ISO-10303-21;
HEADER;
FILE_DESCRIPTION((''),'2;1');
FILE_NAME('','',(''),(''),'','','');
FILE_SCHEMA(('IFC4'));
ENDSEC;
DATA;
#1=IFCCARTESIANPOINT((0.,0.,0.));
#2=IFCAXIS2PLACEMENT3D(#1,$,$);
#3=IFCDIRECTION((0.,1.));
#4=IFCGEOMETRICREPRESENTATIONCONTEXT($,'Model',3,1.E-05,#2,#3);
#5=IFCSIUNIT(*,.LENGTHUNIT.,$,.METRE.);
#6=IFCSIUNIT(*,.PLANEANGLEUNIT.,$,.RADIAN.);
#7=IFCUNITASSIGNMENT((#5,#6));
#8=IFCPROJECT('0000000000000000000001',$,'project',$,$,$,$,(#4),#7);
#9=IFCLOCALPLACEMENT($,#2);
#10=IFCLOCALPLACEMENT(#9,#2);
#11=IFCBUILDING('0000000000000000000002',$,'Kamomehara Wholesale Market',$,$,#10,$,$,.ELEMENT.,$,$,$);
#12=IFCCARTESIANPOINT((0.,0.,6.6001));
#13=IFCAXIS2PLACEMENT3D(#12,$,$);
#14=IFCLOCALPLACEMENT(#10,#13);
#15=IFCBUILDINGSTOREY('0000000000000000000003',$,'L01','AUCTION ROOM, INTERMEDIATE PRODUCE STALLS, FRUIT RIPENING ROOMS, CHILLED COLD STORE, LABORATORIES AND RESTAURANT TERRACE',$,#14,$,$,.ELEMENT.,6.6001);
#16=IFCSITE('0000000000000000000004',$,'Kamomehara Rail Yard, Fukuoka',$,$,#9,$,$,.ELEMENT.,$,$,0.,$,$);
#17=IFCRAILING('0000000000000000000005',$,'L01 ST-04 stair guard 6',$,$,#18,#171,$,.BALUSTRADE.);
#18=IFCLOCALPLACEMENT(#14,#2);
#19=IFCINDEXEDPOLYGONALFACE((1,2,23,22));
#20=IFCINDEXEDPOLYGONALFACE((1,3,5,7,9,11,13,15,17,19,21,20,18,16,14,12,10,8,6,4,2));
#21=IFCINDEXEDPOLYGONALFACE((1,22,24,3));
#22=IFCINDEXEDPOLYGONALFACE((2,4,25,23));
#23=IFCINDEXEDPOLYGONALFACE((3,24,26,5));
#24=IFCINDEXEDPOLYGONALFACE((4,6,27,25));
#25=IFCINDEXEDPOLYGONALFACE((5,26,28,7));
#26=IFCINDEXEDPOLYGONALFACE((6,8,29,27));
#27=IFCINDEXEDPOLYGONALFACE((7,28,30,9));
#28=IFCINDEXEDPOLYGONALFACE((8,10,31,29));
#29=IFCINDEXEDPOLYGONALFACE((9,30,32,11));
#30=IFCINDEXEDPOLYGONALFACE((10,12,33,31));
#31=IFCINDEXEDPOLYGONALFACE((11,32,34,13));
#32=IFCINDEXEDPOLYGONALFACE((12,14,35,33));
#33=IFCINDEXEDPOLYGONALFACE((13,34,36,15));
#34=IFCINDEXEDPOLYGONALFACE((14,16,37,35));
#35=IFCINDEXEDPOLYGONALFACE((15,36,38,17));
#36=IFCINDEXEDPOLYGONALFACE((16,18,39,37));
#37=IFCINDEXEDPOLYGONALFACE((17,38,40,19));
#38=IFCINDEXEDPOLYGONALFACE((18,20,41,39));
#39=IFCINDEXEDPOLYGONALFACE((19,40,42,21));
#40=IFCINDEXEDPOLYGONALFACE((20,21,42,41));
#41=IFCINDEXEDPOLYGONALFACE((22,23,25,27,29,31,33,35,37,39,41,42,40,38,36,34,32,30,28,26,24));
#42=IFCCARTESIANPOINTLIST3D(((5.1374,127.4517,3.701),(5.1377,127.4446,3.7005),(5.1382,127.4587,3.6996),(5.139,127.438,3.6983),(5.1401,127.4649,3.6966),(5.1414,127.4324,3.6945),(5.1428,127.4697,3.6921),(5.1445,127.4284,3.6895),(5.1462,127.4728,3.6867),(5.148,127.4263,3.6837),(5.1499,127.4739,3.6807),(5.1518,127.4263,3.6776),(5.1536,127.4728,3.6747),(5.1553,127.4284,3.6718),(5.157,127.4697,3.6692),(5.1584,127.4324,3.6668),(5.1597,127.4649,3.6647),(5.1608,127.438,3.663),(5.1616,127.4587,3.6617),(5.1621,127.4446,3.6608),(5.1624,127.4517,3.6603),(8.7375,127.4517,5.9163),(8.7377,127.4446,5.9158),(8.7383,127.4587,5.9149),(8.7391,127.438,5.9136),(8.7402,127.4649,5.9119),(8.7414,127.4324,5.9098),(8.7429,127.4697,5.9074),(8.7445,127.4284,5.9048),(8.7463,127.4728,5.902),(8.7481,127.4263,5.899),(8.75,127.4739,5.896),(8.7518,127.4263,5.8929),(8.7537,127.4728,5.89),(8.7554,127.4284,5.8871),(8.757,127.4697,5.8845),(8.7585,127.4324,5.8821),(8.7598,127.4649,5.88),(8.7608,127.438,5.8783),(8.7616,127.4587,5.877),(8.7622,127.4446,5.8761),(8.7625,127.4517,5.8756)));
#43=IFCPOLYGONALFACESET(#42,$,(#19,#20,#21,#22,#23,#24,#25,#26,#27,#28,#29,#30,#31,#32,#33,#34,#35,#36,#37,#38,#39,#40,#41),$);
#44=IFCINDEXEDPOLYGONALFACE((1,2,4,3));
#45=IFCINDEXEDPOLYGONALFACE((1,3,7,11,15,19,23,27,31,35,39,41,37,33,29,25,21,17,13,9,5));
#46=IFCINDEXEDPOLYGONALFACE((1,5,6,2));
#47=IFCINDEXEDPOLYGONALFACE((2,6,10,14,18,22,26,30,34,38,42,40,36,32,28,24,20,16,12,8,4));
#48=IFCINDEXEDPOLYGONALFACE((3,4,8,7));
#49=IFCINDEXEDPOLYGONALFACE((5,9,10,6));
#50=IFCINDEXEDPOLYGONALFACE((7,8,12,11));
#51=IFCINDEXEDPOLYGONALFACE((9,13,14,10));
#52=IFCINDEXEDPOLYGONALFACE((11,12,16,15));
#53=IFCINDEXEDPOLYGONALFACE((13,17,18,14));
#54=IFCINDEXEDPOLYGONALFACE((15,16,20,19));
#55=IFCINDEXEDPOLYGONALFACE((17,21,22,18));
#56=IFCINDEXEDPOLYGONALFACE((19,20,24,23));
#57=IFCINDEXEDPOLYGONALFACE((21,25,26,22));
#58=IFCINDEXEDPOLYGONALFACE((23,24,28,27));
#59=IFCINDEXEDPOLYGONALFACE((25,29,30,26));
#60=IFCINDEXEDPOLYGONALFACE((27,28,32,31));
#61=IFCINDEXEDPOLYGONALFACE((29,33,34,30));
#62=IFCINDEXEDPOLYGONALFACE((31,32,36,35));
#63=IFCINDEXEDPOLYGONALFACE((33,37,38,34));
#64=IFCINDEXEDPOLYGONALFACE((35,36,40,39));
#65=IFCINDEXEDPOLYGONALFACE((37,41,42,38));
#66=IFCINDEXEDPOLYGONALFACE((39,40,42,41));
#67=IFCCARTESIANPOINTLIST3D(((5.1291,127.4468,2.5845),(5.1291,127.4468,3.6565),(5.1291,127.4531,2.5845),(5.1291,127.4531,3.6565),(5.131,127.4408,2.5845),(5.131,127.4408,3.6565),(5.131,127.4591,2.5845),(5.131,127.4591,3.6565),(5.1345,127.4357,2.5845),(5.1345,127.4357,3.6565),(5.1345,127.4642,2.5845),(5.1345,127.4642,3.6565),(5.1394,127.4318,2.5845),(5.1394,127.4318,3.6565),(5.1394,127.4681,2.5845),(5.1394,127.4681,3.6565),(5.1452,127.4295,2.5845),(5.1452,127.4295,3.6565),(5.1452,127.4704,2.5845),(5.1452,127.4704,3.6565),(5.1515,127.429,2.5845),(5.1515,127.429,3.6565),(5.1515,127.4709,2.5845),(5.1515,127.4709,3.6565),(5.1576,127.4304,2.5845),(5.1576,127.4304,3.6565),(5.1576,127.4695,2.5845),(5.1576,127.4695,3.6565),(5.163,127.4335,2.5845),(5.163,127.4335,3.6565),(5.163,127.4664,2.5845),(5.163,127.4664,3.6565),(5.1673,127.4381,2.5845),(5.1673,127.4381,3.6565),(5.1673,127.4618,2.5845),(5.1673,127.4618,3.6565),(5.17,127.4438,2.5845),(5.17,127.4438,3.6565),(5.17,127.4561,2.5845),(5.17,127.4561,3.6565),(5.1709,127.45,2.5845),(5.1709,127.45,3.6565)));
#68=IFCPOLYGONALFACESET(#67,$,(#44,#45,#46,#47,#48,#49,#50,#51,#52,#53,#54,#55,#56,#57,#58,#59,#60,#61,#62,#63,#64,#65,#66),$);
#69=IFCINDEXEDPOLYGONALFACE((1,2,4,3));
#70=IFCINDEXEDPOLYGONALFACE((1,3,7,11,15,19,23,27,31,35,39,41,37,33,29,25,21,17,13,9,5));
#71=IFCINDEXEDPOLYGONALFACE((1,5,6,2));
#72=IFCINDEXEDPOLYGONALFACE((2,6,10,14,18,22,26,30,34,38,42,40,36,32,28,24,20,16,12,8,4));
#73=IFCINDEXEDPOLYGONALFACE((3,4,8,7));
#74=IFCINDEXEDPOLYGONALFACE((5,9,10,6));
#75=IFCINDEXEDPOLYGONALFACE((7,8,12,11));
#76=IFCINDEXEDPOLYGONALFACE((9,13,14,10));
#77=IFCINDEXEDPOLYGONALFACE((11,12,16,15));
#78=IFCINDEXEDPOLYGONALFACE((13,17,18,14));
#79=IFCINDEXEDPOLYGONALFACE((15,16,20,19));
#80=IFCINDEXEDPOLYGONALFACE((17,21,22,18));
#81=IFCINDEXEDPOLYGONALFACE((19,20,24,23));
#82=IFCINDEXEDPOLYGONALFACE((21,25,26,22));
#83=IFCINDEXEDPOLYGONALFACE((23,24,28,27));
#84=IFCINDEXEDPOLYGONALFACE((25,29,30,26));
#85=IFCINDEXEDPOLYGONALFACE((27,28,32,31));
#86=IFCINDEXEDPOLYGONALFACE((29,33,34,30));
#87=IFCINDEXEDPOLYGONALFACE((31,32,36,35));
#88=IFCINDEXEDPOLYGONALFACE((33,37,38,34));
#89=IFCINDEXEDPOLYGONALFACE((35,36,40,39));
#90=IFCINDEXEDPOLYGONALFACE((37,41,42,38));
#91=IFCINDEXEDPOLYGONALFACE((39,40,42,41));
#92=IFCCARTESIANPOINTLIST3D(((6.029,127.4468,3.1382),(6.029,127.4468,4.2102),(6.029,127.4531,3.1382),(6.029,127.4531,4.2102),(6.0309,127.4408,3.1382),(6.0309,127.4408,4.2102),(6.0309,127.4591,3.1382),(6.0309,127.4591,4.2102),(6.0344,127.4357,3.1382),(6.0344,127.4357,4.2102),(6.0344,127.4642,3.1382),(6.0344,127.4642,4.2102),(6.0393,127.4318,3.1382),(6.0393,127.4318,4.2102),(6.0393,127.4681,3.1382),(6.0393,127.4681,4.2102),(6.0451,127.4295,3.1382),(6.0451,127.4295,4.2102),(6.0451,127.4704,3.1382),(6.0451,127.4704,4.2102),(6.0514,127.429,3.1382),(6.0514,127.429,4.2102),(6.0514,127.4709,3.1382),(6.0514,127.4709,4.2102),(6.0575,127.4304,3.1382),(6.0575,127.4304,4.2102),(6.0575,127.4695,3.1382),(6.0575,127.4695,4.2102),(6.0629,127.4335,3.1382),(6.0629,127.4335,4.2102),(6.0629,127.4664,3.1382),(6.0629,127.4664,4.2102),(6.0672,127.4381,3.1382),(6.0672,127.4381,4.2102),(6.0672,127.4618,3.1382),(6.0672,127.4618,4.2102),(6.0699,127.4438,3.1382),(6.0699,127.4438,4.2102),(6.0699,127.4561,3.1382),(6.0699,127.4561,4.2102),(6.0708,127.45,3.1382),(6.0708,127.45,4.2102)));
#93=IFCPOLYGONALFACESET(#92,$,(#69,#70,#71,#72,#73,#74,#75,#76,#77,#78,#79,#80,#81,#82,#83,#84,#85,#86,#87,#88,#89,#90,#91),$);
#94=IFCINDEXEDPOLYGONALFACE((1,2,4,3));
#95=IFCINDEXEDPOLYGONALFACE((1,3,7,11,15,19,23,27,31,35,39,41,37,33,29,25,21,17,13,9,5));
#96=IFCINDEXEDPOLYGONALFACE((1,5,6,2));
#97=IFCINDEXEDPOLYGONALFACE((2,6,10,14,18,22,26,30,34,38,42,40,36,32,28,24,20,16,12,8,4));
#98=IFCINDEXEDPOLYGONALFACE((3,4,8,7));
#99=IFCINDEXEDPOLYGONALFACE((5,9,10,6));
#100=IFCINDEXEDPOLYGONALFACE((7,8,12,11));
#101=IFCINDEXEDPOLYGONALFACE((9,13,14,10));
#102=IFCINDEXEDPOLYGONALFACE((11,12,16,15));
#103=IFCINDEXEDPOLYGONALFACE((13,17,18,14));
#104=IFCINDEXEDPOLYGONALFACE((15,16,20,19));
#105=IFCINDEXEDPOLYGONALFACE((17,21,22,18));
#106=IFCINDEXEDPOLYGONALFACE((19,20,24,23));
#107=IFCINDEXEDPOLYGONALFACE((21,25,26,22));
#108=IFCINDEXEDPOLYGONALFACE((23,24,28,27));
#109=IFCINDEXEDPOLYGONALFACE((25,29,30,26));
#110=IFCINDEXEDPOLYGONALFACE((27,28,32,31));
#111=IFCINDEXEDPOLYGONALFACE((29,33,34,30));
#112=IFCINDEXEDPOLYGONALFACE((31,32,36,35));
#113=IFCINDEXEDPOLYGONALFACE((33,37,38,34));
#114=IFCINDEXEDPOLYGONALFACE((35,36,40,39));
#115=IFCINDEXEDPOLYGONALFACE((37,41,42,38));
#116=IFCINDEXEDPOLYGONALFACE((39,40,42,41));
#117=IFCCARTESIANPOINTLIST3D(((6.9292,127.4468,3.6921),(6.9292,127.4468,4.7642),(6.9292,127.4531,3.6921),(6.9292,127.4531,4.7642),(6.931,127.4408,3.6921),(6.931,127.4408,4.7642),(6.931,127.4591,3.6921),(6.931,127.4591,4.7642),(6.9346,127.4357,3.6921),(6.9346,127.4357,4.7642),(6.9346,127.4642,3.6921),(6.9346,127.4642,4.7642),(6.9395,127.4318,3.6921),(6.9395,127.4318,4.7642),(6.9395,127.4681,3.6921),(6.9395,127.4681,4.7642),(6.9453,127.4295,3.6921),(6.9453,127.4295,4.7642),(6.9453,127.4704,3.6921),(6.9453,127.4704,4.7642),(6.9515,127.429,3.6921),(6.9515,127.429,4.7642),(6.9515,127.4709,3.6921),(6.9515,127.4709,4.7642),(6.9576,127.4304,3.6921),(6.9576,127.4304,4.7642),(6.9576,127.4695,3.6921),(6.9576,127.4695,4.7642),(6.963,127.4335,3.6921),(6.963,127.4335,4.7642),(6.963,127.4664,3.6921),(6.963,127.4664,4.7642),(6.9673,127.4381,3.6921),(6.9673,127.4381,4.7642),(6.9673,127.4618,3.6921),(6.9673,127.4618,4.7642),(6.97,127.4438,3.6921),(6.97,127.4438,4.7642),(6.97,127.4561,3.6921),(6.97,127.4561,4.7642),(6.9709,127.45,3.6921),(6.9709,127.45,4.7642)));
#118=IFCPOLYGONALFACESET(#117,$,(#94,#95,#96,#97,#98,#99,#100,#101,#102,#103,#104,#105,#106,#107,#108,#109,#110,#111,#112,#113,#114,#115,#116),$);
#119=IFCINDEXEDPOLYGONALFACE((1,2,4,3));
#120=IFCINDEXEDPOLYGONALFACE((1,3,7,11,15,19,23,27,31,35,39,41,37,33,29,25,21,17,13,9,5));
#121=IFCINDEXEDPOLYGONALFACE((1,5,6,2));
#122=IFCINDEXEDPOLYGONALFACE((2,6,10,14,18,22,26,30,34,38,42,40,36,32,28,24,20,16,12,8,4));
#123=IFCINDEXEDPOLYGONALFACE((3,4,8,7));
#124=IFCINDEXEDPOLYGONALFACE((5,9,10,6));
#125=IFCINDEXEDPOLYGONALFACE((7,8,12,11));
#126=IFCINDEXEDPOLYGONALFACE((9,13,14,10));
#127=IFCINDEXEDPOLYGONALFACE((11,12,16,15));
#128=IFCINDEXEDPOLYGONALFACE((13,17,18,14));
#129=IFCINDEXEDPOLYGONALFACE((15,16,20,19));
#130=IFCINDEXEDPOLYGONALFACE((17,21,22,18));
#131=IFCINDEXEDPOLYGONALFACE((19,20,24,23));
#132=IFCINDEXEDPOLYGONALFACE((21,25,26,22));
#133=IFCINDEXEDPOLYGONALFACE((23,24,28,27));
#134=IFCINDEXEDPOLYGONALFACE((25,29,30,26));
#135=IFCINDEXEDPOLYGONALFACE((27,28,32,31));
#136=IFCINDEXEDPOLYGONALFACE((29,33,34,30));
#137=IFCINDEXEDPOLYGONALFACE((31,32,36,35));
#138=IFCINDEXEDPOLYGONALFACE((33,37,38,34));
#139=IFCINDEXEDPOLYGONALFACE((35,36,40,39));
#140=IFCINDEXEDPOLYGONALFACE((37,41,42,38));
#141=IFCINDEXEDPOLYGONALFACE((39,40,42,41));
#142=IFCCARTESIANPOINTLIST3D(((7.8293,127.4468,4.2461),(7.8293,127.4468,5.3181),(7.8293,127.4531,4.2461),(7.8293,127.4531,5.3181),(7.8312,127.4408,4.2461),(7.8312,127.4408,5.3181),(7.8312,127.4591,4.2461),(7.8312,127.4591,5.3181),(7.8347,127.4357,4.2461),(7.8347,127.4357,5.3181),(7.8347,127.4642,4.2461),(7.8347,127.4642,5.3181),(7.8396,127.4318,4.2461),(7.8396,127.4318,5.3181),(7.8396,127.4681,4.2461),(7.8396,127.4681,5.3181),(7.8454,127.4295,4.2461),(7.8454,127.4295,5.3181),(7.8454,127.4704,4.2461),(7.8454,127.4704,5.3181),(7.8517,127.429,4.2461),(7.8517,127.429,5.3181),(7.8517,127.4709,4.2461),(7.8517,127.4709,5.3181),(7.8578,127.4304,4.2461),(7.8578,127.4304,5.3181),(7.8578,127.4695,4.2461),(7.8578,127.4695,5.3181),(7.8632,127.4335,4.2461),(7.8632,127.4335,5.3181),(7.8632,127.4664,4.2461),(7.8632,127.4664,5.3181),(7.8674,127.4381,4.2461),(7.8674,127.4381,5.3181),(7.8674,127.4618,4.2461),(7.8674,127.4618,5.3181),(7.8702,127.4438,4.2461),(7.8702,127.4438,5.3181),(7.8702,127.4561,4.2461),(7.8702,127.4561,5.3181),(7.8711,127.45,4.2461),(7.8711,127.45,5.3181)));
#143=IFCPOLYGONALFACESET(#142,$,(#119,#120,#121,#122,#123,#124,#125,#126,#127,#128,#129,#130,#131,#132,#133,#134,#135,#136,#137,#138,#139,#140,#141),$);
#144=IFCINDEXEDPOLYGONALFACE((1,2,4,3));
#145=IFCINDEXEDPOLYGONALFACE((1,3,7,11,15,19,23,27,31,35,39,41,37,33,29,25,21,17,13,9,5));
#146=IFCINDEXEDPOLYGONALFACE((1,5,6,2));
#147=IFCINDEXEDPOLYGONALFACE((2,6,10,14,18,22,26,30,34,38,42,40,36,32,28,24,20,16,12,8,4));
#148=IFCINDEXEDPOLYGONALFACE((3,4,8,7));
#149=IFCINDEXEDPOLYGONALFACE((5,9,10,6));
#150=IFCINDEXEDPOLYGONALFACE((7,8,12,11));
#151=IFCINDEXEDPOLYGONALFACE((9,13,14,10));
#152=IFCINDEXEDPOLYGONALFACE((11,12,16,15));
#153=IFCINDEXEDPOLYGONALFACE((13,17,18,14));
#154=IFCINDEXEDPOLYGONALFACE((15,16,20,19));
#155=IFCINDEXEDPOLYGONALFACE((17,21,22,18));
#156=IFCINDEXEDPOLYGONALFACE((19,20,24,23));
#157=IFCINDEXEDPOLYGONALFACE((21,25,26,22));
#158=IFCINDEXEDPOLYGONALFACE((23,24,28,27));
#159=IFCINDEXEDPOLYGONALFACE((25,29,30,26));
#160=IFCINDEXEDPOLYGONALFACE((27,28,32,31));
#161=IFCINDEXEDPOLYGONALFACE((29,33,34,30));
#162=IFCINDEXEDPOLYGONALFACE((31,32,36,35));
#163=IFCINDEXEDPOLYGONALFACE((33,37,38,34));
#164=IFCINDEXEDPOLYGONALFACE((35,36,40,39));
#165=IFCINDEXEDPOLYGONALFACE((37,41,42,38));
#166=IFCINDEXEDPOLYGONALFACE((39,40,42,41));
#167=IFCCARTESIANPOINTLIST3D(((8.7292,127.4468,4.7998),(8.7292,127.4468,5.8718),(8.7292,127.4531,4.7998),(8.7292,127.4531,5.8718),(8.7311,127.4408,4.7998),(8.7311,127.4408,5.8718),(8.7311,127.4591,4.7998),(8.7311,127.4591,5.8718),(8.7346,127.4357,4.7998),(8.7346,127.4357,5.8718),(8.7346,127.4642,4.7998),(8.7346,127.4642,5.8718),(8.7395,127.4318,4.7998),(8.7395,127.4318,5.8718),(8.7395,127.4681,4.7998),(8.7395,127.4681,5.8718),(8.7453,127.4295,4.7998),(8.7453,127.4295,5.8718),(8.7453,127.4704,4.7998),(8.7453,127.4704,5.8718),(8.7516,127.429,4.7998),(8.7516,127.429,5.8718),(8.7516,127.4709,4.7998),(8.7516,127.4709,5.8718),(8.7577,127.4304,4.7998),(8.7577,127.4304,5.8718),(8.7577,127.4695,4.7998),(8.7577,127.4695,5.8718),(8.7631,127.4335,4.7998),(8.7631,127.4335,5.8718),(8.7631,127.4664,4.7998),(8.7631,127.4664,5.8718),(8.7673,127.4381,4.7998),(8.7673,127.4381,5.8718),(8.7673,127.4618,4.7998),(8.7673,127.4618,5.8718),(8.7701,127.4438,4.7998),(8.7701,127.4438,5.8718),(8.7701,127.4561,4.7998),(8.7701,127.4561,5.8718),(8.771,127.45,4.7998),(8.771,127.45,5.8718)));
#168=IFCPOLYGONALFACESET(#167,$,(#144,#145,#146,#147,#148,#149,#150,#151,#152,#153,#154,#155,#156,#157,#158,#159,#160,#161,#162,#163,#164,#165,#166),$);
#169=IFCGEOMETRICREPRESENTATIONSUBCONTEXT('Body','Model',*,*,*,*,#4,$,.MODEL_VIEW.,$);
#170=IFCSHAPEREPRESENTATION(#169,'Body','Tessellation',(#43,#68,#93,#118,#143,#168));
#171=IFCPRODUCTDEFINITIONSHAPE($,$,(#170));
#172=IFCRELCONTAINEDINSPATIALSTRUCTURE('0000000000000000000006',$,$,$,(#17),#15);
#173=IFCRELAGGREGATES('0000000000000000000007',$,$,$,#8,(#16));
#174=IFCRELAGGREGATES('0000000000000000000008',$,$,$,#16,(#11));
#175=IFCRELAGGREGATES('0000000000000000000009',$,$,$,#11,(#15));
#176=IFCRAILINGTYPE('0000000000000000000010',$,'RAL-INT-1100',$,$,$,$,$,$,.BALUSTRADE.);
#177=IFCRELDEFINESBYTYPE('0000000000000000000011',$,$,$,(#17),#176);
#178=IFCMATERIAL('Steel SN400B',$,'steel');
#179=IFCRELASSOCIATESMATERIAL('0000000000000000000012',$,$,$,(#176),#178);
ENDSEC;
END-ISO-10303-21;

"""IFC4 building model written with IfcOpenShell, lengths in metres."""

from ifc_helpers import new_model, si_unit, direction, frame, origin, origin_2d, place, context, subcontext, project, spatial, circle, extrude, material, type_object, element, save


model = new_model("IFC4")

# Units and contexts
model_context = context("Model", 3, precision=1e-05, world=origin(), true_north=direction((0.0, 1.0)))
body_context = subcontext(model_context, "Body", "Model", "MODEL_VIEW")
ifc_project = project(units=[si_unit("LENGTHUNIT", "METRE"), si_unit("PLANEANGLEUNIT", "RADIAN")], contexts=[model_context])

# Site, building, storey
site_placement = place(None, origin())
site = spatial("IfcSite", under=ifc_project, at=site_placement, Name="Kamomehara Rail Yard, Fukuoka", CompositionType="ELEMENT", RefElevation=0.0)
building_placement = place(site_placement, origin())
building = spatial("IfcBuilding", under=site, at=building_placement, Name="Kamomehara Wholesale Market", CompositionType="ELEMENT")
storey_placement = place(building_placement, frame((0.0, 0.0, 6.6001)))
storey = spatial("IfcBuildingStorey", under=building, at=storey_placement, Name="L01", Description="AUCTION ROOM, INTERMEDIATE PRODUCE STALLS, FRUIT RIPENING ROOMS, CHILLED COLD STORE, LABORATORIES AND RESTAURANT TERRACE", CompositionType="ELEMENT", Elevation=6.6001)

# Railing
ifc_material_1 = material(Name="Steel SN400B", Category="steel")
railing_type_1 = type_object("IfcRailingType", Name="RAL-INT-1100", PredefinedType="BALUSTRADE", material=ifc_material_1)
railing_1_placement = place(storey_placement, frame((5.1499, 127.45, 2.5845)))
element("IfcRailing", 1, at=railing_1_placement, inside=storey, type_object=railing_type_1, Name="L01 ST-04 stair guard 6", PredefinedType="BALUSTRADE", context=body_context, shape_type="SweptSolid", body=[
    extrude(circle(Radius=0.0239, at=origin_2d()), frame((0.0, 0.0, 1.0962), z_axis=(0.85167, 0.0, 0.524078), x_axis=(0.0, 1.0, 0.0)), (0.0, 0.0, 1.0), 4.2271),
    extrude(circle(Radius=0.021, at=origin_2d()), origin(), (0.0, 0.0, 1.0), 1.072),
    extrude(circle(Radius=0.021, at=origin_2d()), frame((0.8999, 0.0, 0.5537)), (0.0, 0.0, 1.0), 1.072),
    extrude(circle(Radius=0.021, at=origin_2d()), frame((1.8, 0.0, 1.1077)), (0.0, 0.0, 1.0), 1.072),
    extrude(circle(Radius=0.021, at=origin_2d()), frame((2.7002, 0.0, 1.6616)), (0.0, 0.0, 1.0), 1.072),
    extrude(circle(Radius=0.021, at=origin_2d()), frame((3.6001, 0.0, 2.2153)), (0.0, 0.0, 1.0), 1.072),
])

save(model, "model.ifc")
